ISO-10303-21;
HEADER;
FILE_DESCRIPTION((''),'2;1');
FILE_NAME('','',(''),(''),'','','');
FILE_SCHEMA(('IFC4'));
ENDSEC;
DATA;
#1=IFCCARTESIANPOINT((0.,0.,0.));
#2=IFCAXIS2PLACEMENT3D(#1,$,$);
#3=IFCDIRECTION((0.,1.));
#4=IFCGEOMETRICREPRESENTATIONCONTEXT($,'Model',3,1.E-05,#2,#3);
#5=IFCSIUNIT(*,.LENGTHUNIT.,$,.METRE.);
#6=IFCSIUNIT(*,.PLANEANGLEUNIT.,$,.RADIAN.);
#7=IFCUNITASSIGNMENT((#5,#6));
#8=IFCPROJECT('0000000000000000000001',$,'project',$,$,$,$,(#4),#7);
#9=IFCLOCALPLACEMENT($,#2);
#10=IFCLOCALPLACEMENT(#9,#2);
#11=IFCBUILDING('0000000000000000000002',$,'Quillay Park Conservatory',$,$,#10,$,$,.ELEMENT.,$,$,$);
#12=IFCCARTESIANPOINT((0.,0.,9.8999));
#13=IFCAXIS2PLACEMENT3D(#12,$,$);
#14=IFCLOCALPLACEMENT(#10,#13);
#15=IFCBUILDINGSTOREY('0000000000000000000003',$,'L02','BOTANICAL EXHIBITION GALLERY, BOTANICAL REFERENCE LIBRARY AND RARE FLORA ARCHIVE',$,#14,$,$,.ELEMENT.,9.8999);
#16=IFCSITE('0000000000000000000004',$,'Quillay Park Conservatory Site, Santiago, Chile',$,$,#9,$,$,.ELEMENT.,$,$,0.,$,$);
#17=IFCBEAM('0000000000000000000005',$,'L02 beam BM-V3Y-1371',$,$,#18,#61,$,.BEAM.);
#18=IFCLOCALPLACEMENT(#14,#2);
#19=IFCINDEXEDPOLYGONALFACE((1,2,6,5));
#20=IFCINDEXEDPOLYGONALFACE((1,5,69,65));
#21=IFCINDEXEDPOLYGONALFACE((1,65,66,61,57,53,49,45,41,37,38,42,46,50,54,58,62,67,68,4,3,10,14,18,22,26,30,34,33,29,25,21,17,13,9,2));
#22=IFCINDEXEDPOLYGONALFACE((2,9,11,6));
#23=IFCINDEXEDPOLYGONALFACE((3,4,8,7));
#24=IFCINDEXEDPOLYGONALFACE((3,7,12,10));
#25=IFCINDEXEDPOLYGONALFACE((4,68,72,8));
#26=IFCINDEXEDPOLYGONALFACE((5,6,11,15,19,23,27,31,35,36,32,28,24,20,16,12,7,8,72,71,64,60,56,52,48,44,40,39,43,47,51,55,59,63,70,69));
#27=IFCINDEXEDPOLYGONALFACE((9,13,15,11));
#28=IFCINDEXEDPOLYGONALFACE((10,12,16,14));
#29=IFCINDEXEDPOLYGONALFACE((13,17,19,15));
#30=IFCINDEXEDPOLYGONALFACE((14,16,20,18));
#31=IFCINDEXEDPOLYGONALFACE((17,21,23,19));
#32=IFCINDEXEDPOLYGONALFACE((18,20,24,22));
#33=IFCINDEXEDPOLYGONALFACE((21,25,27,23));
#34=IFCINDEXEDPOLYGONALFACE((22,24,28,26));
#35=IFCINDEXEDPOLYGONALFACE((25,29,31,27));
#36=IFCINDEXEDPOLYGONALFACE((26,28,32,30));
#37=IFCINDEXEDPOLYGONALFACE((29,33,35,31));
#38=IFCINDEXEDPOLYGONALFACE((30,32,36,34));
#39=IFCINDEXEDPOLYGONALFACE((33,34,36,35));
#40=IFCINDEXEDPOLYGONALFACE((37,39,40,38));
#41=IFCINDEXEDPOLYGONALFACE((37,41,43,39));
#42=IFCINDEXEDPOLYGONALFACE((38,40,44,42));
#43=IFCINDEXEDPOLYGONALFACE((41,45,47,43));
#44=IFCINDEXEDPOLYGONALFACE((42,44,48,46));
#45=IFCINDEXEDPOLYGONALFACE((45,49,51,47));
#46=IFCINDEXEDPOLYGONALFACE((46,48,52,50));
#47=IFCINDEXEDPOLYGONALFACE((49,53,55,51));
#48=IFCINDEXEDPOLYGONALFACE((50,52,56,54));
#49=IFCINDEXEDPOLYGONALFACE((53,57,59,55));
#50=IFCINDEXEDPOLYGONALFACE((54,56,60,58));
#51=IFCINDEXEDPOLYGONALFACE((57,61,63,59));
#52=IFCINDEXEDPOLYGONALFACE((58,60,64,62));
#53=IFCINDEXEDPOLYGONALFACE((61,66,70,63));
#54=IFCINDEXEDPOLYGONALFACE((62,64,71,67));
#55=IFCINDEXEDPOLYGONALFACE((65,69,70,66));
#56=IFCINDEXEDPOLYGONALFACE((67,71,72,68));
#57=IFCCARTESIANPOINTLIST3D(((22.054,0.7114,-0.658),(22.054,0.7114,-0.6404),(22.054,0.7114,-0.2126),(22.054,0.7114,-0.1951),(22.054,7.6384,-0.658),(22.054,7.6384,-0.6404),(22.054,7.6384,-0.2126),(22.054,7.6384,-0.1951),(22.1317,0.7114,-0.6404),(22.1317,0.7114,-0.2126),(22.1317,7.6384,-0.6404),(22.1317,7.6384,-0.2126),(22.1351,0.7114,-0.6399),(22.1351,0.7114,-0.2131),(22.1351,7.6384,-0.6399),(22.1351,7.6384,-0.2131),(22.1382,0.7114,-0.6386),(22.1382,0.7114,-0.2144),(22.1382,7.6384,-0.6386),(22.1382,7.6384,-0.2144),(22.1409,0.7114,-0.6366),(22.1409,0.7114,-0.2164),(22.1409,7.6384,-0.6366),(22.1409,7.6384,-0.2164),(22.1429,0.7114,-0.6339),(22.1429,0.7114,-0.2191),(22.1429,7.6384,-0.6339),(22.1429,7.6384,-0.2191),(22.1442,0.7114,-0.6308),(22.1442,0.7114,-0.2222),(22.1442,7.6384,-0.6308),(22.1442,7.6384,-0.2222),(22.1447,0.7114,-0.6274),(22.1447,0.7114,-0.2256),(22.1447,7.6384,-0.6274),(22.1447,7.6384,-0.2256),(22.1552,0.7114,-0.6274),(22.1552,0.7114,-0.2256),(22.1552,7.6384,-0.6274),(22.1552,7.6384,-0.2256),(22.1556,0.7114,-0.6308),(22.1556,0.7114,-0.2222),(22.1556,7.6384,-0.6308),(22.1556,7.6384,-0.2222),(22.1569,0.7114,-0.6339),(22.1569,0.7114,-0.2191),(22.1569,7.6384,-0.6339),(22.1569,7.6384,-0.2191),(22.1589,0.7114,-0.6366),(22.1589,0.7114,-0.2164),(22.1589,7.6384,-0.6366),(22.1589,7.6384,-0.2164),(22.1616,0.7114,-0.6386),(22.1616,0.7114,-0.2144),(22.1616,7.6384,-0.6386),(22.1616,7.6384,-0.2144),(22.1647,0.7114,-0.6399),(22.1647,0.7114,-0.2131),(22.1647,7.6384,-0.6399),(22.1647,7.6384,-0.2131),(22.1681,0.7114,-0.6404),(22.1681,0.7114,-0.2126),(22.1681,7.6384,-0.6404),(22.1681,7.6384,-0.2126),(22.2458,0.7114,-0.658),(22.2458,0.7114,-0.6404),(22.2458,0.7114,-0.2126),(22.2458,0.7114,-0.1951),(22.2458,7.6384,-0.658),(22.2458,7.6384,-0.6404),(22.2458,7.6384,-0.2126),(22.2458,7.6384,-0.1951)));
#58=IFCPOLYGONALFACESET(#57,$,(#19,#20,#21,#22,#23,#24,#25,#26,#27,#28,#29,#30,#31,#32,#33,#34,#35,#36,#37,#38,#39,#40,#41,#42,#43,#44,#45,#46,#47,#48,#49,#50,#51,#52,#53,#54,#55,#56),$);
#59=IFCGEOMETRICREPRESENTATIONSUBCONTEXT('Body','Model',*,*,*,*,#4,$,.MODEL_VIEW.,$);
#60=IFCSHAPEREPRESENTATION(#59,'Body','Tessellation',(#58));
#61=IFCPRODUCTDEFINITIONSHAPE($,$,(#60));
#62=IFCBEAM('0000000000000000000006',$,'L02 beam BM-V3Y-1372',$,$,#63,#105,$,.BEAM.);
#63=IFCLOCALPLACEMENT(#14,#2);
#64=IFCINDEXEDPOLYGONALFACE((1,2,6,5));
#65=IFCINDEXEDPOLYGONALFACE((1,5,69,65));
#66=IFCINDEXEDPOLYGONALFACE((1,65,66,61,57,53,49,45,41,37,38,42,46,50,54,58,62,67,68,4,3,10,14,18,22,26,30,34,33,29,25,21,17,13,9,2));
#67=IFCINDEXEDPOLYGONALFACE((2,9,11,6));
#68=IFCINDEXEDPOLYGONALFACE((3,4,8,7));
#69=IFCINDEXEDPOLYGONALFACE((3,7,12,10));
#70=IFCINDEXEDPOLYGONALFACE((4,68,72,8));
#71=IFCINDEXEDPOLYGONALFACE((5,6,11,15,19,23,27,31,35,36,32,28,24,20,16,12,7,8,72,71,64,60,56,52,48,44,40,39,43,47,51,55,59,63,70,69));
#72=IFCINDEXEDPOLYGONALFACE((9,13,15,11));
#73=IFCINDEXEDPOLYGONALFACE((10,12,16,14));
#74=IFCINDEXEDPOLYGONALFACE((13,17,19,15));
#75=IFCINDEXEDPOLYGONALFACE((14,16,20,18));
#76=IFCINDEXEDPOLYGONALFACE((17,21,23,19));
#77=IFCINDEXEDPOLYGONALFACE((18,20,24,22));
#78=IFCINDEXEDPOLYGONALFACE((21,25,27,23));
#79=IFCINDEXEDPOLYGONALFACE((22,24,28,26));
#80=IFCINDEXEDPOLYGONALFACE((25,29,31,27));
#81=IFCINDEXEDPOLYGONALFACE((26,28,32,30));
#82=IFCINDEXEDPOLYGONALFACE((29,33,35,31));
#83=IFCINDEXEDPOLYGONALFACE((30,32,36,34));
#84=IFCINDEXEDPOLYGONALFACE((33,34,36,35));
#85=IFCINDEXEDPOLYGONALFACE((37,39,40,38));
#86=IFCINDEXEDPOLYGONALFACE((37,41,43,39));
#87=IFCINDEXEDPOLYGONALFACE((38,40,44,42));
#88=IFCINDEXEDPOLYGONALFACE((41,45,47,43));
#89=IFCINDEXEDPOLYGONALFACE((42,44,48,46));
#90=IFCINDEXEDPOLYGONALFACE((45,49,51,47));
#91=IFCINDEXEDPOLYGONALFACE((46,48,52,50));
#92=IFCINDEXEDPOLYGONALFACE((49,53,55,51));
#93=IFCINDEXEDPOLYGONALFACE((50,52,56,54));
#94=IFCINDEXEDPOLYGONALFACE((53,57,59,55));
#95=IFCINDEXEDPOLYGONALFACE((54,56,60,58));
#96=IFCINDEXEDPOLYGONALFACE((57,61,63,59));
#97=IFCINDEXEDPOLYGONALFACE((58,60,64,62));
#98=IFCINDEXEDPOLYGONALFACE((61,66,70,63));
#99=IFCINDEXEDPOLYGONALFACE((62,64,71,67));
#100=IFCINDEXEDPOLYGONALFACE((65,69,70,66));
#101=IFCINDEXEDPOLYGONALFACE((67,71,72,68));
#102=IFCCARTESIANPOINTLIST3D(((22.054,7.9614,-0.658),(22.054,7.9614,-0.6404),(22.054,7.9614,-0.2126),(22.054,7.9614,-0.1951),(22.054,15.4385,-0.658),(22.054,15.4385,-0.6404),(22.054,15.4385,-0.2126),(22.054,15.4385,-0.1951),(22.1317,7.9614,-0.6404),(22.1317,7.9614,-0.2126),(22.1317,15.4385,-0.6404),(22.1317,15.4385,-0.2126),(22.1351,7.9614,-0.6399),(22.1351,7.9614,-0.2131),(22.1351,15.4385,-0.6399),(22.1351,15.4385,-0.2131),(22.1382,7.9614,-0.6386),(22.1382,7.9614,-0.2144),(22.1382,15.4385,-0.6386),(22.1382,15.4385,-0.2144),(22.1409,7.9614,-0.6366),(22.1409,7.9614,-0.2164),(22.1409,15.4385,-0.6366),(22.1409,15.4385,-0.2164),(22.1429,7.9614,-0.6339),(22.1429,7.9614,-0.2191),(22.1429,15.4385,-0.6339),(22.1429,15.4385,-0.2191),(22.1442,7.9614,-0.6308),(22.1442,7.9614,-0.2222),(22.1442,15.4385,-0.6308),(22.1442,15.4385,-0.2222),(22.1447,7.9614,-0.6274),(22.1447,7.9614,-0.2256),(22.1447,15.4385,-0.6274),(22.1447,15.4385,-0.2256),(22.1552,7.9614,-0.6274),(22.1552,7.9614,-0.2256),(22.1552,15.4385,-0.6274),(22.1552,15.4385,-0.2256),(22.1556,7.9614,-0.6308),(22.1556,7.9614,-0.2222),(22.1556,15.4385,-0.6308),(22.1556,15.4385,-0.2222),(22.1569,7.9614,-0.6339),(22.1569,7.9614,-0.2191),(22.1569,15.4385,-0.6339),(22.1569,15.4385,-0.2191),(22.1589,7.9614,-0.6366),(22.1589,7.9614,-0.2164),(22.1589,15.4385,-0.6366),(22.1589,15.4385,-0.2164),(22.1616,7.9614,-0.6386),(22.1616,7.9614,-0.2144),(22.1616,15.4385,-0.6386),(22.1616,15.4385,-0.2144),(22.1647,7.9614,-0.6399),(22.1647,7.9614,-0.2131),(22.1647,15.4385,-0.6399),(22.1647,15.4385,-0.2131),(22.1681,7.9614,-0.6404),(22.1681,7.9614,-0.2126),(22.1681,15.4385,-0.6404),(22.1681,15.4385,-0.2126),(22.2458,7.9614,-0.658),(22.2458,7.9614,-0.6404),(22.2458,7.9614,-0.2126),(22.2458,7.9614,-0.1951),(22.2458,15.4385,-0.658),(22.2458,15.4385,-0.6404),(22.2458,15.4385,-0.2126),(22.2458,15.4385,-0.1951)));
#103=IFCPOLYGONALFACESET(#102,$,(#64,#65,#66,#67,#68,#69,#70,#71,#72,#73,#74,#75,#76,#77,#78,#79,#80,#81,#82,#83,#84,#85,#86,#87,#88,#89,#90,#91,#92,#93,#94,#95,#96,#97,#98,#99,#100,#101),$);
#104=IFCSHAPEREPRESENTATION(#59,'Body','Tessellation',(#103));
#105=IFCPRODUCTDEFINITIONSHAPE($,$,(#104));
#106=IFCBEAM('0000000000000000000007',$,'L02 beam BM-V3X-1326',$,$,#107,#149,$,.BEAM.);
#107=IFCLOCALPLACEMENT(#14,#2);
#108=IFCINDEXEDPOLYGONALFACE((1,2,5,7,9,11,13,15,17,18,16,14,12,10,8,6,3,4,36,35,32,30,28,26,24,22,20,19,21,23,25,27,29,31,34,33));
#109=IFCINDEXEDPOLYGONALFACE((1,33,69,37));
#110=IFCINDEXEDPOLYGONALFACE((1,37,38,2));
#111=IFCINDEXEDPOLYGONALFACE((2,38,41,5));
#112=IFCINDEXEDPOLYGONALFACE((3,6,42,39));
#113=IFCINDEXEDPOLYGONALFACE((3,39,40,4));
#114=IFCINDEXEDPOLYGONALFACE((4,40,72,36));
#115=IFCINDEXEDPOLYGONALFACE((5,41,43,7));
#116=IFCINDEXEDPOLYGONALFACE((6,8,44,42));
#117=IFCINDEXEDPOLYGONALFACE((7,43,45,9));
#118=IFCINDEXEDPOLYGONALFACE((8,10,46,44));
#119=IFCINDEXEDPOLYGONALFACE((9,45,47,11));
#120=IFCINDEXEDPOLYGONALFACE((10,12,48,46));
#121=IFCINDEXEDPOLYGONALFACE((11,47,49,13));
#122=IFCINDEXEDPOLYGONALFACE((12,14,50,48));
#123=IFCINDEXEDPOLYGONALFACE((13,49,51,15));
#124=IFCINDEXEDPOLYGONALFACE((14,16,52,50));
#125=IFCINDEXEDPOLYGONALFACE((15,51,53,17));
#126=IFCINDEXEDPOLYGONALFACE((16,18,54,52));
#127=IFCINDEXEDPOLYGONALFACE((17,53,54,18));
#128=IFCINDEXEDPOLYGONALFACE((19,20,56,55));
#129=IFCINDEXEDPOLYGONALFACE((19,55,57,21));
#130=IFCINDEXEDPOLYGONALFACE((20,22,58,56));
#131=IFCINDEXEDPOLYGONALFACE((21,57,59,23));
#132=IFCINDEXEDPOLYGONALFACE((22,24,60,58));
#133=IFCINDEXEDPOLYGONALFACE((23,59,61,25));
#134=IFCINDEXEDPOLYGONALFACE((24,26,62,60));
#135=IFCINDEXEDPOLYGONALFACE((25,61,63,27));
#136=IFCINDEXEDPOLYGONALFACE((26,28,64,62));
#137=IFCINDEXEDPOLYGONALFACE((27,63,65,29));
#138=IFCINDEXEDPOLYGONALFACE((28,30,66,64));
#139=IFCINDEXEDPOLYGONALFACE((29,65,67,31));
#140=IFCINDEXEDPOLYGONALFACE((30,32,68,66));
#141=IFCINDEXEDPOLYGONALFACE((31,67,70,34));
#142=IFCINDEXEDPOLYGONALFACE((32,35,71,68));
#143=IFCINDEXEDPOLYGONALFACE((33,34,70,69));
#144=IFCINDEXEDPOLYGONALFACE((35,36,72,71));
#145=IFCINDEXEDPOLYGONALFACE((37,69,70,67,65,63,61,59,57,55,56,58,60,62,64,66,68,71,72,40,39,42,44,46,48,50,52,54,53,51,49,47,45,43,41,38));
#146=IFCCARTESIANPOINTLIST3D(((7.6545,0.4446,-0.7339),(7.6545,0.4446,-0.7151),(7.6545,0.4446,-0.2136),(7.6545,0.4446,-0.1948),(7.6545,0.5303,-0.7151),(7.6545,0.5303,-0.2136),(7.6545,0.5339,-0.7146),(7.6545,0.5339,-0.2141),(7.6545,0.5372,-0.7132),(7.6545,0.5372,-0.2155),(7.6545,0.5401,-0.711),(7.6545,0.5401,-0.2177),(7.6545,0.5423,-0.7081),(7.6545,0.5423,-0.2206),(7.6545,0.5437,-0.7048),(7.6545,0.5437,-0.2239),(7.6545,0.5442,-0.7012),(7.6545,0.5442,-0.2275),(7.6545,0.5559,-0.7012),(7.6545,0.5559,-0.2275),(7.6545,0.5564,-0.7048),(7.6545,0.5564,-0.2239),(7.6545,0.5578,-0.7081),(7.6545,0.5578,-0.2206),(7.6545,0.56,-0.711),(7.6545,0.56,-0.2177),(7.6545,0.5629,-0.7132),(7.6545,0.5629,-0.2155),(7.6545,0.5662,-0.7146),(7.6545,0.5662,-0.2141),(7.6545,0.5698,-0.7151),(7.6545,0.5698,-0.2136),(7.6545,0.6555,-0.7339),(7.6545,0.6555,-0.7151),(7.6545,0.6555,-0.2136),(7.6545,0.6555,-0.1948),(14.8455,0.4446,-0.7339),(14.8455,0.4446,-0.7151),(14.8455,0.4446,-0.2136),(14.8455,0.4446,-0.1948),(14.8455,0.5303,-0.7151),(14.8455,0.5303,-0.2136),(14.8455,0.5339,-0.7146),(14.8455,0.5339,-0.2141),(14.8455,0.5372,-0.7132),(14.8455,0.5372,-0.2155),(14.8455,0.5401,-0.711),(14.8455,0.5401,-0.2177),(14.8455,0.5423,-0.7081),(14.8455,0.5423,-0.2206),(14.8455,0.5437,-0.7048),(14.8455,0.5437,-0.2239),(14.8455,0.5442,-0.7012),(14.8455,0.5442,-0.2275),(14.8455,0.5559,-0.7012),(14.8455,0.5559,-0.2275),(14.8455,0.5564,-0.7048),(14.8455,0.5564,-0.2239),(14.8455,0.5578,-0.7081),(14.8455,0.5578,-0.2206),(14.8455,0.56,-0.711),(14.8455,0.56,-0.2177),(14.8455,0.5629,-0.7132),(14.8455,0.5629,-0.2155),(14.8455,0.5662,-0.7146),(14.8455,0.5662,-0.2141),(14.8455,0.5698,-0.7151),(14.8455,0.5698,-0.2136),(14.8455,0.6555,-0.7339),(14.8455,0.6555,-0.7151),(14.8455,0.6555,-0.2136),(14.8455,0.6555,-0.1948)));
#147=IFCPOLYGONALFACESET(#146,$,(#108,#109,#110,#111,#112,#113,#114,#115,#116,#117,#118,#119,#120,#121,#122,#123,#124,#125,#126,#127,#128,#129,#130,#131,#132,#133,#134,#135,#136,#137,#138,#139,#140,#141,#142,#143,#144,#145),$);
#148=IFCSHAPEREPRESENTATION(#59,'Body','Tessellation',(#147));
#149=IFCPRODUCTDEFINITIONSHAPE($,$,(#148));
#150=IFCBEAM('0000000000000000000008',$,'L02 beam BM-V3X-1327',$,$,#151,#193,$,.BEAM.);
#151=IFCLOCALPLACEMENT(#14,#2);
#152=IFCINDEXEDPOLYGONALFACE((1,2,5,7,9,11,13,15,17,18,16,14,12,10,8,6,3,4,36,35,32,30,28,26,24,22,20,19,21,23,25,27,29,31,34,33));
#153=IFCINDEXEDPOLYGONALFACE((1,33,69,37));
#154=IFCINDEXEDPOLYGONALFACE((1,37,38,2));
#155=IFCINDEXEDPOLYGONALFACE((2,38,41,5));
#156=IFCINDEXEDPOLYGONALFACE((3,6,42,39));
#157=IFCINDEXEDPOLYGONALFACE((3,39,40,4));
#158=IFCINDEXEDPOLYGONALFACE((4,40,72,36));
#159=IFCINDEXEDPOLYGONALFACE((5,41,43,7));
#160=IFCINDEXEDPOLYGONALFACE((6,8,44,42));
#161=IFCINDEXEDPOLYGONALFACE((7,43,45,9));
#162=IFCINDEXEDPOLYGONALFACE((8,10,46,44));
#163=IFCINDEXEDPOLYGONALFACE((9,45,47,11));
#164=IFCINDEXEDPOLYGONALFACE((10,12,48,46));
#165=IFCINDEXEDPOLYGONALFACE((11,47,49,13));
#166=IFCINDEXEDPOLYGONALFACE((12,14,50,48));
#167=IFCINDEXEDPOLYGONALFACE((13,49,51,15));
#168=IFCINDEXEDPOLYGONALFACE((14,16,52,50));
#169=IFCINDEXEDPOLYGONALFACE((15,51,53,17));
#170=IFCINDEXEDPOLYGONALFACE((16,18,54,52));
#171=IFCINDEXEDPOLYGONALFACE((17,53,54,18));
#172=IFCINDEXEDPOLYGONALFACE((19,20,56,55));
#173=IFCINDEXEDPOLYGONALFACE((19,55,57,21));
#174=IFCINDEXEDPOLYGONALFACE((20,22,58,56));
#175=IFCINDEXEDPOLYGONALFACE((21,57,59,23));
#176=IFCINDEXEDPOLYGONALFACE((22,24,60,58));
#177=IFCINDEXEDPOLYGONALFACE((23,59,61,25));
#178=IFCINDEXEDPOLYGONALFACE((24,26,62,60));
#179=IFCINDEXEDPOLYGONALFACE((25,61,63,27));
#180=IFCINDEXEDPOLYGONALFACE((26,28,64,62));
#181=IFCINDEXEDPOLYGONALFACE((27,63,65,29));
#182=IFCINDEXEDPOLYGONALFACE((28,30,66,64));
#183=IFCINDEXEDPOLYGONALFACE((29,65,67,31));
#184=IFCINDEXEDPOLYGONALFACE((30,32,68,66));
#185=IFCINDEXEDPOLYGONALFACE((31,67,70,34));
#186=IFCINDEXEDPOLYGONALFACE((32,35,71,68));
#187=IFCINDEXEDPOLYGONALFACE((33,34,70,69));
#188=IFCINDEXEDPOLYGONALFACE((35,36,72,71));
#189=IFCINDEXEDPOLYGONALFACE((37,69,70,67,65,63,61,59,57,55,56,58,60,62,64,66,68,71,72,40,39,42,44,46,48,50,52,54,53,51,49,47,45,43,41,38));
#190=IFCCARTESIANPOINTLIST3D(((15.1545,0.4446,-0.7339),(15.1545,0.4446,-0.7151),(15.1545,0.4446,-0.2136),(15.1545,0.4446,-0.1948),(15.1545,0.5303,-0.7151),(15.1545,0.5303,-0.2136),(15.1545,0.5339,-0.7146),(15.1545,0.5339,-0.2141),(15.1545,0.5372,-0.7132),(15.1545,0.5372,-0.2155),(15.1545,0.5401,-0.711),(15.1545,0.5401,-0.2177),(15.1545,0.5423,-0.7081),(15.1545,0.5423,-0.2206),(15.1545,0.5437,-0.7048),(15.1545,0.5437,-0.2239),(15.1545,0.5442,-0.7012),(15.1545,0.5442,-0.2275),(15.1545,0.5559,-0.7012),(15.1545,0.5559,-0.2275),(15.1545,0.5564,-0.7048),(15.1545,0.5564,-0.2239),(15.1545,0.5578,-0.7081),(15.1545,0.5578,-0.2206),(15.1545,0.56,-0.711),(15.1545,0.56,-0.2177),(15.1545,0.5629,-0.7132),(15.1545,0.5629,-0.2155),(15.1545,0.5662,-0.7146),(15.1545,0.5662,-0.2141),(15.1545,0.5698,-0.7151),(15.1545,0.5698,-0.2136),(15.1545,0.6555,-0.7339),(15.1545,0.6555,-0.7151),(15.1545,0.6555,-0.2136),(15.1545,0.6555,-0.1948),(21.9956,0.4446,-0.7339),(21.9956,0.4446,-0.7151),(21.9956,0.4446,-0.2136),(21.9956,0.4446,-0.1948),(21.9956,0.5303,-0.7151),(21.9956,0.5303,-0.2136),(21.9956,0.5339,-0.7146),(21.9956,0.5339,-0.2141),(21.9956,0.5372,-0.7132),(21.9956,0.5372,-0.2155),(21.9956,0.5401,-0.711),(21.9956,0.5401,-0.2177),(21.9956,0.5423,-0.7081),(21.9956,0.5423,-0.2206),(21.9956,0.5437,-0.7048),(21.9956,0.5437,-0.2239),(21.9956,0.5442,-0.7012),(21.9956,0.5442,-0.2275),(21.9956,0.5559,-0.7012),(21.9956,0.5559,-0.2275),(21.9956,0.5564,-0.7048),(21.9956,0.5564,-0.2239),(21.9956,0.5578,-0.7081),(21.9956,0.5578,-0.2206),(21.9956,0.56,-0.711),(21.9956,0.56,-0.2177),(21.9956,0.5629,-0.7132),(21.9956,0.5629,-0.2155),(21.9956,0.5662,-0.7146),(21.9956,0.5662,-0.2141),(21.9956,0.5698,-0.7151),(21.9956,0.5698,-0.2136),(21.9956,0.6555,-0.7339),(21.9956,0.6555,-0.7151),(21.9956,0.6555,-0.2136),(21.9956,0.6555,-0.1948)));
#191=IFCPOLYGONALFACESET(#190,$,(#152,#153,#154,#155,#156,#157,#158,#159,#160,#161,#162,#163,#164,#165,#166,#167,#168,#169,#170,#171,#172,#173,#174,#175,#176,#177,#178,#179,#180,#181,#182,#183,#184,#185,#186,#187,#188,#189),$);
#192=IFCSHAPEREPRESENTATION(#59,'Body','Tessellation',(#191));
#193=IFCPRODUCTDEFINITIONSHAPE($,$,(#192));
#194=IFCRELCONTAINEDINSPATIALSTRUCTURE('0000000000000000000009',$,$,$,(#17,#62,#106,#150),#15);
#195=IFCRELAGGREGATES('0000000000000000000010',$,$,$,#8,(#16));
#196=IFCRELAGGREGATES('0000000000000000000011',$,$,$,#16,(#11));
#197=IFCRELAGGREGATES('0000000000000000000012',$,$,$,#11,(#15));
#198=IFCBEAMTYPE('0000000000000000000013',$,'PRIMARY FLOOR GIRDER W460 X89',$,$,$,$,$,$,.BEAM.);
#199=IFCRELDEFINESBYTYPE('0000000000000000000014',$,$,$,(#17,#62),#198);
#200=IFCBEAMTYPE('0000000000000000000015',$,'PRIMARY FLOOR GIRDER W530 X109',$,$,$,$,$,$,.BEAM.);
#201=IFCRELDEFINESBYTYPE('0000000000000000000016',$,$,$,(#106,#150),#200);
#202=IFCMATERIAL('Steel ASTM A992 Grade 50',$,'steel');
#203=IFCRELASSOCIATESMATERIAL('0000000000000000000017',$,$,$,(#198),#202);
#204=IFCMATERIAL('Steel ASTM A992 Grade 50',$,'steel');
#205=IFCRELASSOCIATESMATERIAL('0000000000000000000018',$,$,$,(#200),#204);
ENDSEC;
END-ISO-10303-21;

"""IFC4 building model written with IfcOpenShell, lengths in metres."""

from ifc_helpers import new_model, si_unit, direction, frame, origin, origin_2d, place, context, subcontext, project, spatial, i_section, extrude, material, material_profile, profile_set, type_object, element, save


model = new_model("IFC4")

# Units and contexts
model_context = context("Model", 3, precision=1e-05, world=origin(), true_north=direction((0.0, 1.0)))
body_context = subcontext(model_context, "Body", "Model", "MODEL_VIEW")
ifc_project = project(units=[si_unit("LENGTHUNIT", "METRE"), si_unit("PLANEANGLEUNIT", "RADIAN")], contexts=[model_context])

# Site, building, storey
site_placement = place(None, origin())
site = spatial("IfcSite", under=ifc_project, at=site_placement, Name="Quillay Park Conservatory Site, Santiago, Chile", CompositionType="ELEMENT", RefElevation=0.0)
building_placement = place(site_placement, origin())
building = spatial("IfcBuilding", under=site, at=building_placement, Name="Quillay Park Conservatory", CompositionType="ELEMENT")
storey_placement = place(building_placement, frame((0.0, 0.0, 9.8999)))
storey = spatial("IfcBuildingStorey", under=building, at=storey_placement, Name="L02", Description="BOTANICAL EXHIBITION GALLERY, BOTANICAL REFERENCE LIBRARY AND RARE FLORA ARCHIVE", CompositionType="ELEMENT", Elevation=9.8999)

# Beams
ifc_material_1 = material(Name="Steel ASTM A992 Grade 50", Category="steel")
ifc_material_profile_1 = material_profile(ifc_material_1, i_section(OverallWidth=0.1919, OverallDepth=0.4629, WebThickness=0.0105, FlangeThickness=0.0176, FilletRadius=0.0129, at=origin_2d()), Name="W460x89")
ifc_profile_set_1 = profile_set([ifc_material_profile_1], Name="Steel ASTM A992 Grade 50")
beam_type_1 = type_object("IfcBeamType", Name="PRIMARY FLOOR GIRDER W460 X89", PredefinedType="BEAM", material=ifc_profile_set_1)
beam_1_placement = place(storey_placement, frame((22.1499, 0.7114, -0.4265), z_axis=(0.0, 1.0, 0.0), x_axis=(-1.0, 0.0, 0.0)))
element("IfcBeam", 1, at=beam_1_placement, inside=storey, type_object=beam_type_1, Name="L02 beam BM-V3Y-1371", PredefinedType="BEAM", context=body_context, shape_type="SweptSolid", body=[
    extrude(i_section(OverallWidth=0.1919, OverallDepth=0.4629, WebThickness=0.0105, FlangeThickness=0.0176, FilletRadius=0.0129, at=origin_2d()), origin(), (0.0, 0.0, 1.0), 6.927),
])
beam_2_placement = place(storey_placement, frame((22.1499, 7.9614, -0.4265), z_axis=(0.0, 1.0, 0.0), x_axis=(-1.0, 0.0, 0.0)))
element("IfcBeam", 2, at=beam_2_placement, inside=storey, type_object=beam_type_1, Name="L02 beam BM-V3Y-1372", PredefinedType="BEAM", context=body_context, shape_type="SweptSolid", body=[
    extrude(i_section(OverallWidth=0.1919, OverallDepth=0.4629, WebThickness=0.0105, FlangeThickness=0.0176, FilletRadius=0.0129, at=origin_2d()), origin(), (0.0, 0.0, 1.0), 7.4771),
])
ifc_material_2 = material(Name="Steel ASTM A992 Grade 50", Category="steel")
ifc_material_profile_2 = material_profile(ifc_material_2, i_section(OverallWidth=0.2109, OverallDepth=0.5391, WebThickness=0.0117, FlangeThickness=0.0188, FilletRadius=0.0139, at=origin_2d()), Name="W530x109")
ifc_profile_set_2 = profile_set([ifc_material_profile_2], Name="Steel ASTM A992 Grade 50")
beam_type_2 = type_object("IfcBeamType", Name="PRIMARY FLOOR GIRDER W530 X109", PredefinedType="BEAM", material=ifc_profile_set_2)
beam_3_placement = place(storey_placement, frame((7.6545, 0.55, -0.4644), z_axis=(1.0, 0.0, 0.0), x_axis=(0.0, 1.0, 0.0)))
element("IfcBeam", 3, at=beam_3_placement, inside=storey, type_object=beam_type_2, Name="L02 beam BM-V3X-1326", PredefinedType="BEAM", context=body_context, shape_type="SweptSolid", body=[
    extrude(i_section(OverallWidth=0.2109, OverallDepth=0.5391, WebThickness=0.0117, FlangeThickness=0.0188, FilletRadius=0.0139, at=origin_2d()), origin(), (0.0, 0.0, 1.0), 7.1909),
])
beam_4_placement = place(storey_placement, frame((15.1545, 0.55, -0.4644), z_axis=(1.0, 0.0, 0.0), x_axis=(0.0, 1.0, 0.0)))
element("IfcBeam", 4, at=beam_4_placement, inside=storey, type_object=beam_type_2, Name="L02 beam BM-V3X-1327", PredefinedType="BEAM", context=body_context, shape_type="SweptSolid", body=[
    extrude(i_section(OverallWidth=0.2109, OverallDepth=0.5391, WebThickness=0.0117, FlangeThickness=0.0188, FilletRadius=0.0139, at=origin_2d()), origin(), (0.0, 0.0, 1.0), 6.8411),
])

save(model, "model.ifc")
